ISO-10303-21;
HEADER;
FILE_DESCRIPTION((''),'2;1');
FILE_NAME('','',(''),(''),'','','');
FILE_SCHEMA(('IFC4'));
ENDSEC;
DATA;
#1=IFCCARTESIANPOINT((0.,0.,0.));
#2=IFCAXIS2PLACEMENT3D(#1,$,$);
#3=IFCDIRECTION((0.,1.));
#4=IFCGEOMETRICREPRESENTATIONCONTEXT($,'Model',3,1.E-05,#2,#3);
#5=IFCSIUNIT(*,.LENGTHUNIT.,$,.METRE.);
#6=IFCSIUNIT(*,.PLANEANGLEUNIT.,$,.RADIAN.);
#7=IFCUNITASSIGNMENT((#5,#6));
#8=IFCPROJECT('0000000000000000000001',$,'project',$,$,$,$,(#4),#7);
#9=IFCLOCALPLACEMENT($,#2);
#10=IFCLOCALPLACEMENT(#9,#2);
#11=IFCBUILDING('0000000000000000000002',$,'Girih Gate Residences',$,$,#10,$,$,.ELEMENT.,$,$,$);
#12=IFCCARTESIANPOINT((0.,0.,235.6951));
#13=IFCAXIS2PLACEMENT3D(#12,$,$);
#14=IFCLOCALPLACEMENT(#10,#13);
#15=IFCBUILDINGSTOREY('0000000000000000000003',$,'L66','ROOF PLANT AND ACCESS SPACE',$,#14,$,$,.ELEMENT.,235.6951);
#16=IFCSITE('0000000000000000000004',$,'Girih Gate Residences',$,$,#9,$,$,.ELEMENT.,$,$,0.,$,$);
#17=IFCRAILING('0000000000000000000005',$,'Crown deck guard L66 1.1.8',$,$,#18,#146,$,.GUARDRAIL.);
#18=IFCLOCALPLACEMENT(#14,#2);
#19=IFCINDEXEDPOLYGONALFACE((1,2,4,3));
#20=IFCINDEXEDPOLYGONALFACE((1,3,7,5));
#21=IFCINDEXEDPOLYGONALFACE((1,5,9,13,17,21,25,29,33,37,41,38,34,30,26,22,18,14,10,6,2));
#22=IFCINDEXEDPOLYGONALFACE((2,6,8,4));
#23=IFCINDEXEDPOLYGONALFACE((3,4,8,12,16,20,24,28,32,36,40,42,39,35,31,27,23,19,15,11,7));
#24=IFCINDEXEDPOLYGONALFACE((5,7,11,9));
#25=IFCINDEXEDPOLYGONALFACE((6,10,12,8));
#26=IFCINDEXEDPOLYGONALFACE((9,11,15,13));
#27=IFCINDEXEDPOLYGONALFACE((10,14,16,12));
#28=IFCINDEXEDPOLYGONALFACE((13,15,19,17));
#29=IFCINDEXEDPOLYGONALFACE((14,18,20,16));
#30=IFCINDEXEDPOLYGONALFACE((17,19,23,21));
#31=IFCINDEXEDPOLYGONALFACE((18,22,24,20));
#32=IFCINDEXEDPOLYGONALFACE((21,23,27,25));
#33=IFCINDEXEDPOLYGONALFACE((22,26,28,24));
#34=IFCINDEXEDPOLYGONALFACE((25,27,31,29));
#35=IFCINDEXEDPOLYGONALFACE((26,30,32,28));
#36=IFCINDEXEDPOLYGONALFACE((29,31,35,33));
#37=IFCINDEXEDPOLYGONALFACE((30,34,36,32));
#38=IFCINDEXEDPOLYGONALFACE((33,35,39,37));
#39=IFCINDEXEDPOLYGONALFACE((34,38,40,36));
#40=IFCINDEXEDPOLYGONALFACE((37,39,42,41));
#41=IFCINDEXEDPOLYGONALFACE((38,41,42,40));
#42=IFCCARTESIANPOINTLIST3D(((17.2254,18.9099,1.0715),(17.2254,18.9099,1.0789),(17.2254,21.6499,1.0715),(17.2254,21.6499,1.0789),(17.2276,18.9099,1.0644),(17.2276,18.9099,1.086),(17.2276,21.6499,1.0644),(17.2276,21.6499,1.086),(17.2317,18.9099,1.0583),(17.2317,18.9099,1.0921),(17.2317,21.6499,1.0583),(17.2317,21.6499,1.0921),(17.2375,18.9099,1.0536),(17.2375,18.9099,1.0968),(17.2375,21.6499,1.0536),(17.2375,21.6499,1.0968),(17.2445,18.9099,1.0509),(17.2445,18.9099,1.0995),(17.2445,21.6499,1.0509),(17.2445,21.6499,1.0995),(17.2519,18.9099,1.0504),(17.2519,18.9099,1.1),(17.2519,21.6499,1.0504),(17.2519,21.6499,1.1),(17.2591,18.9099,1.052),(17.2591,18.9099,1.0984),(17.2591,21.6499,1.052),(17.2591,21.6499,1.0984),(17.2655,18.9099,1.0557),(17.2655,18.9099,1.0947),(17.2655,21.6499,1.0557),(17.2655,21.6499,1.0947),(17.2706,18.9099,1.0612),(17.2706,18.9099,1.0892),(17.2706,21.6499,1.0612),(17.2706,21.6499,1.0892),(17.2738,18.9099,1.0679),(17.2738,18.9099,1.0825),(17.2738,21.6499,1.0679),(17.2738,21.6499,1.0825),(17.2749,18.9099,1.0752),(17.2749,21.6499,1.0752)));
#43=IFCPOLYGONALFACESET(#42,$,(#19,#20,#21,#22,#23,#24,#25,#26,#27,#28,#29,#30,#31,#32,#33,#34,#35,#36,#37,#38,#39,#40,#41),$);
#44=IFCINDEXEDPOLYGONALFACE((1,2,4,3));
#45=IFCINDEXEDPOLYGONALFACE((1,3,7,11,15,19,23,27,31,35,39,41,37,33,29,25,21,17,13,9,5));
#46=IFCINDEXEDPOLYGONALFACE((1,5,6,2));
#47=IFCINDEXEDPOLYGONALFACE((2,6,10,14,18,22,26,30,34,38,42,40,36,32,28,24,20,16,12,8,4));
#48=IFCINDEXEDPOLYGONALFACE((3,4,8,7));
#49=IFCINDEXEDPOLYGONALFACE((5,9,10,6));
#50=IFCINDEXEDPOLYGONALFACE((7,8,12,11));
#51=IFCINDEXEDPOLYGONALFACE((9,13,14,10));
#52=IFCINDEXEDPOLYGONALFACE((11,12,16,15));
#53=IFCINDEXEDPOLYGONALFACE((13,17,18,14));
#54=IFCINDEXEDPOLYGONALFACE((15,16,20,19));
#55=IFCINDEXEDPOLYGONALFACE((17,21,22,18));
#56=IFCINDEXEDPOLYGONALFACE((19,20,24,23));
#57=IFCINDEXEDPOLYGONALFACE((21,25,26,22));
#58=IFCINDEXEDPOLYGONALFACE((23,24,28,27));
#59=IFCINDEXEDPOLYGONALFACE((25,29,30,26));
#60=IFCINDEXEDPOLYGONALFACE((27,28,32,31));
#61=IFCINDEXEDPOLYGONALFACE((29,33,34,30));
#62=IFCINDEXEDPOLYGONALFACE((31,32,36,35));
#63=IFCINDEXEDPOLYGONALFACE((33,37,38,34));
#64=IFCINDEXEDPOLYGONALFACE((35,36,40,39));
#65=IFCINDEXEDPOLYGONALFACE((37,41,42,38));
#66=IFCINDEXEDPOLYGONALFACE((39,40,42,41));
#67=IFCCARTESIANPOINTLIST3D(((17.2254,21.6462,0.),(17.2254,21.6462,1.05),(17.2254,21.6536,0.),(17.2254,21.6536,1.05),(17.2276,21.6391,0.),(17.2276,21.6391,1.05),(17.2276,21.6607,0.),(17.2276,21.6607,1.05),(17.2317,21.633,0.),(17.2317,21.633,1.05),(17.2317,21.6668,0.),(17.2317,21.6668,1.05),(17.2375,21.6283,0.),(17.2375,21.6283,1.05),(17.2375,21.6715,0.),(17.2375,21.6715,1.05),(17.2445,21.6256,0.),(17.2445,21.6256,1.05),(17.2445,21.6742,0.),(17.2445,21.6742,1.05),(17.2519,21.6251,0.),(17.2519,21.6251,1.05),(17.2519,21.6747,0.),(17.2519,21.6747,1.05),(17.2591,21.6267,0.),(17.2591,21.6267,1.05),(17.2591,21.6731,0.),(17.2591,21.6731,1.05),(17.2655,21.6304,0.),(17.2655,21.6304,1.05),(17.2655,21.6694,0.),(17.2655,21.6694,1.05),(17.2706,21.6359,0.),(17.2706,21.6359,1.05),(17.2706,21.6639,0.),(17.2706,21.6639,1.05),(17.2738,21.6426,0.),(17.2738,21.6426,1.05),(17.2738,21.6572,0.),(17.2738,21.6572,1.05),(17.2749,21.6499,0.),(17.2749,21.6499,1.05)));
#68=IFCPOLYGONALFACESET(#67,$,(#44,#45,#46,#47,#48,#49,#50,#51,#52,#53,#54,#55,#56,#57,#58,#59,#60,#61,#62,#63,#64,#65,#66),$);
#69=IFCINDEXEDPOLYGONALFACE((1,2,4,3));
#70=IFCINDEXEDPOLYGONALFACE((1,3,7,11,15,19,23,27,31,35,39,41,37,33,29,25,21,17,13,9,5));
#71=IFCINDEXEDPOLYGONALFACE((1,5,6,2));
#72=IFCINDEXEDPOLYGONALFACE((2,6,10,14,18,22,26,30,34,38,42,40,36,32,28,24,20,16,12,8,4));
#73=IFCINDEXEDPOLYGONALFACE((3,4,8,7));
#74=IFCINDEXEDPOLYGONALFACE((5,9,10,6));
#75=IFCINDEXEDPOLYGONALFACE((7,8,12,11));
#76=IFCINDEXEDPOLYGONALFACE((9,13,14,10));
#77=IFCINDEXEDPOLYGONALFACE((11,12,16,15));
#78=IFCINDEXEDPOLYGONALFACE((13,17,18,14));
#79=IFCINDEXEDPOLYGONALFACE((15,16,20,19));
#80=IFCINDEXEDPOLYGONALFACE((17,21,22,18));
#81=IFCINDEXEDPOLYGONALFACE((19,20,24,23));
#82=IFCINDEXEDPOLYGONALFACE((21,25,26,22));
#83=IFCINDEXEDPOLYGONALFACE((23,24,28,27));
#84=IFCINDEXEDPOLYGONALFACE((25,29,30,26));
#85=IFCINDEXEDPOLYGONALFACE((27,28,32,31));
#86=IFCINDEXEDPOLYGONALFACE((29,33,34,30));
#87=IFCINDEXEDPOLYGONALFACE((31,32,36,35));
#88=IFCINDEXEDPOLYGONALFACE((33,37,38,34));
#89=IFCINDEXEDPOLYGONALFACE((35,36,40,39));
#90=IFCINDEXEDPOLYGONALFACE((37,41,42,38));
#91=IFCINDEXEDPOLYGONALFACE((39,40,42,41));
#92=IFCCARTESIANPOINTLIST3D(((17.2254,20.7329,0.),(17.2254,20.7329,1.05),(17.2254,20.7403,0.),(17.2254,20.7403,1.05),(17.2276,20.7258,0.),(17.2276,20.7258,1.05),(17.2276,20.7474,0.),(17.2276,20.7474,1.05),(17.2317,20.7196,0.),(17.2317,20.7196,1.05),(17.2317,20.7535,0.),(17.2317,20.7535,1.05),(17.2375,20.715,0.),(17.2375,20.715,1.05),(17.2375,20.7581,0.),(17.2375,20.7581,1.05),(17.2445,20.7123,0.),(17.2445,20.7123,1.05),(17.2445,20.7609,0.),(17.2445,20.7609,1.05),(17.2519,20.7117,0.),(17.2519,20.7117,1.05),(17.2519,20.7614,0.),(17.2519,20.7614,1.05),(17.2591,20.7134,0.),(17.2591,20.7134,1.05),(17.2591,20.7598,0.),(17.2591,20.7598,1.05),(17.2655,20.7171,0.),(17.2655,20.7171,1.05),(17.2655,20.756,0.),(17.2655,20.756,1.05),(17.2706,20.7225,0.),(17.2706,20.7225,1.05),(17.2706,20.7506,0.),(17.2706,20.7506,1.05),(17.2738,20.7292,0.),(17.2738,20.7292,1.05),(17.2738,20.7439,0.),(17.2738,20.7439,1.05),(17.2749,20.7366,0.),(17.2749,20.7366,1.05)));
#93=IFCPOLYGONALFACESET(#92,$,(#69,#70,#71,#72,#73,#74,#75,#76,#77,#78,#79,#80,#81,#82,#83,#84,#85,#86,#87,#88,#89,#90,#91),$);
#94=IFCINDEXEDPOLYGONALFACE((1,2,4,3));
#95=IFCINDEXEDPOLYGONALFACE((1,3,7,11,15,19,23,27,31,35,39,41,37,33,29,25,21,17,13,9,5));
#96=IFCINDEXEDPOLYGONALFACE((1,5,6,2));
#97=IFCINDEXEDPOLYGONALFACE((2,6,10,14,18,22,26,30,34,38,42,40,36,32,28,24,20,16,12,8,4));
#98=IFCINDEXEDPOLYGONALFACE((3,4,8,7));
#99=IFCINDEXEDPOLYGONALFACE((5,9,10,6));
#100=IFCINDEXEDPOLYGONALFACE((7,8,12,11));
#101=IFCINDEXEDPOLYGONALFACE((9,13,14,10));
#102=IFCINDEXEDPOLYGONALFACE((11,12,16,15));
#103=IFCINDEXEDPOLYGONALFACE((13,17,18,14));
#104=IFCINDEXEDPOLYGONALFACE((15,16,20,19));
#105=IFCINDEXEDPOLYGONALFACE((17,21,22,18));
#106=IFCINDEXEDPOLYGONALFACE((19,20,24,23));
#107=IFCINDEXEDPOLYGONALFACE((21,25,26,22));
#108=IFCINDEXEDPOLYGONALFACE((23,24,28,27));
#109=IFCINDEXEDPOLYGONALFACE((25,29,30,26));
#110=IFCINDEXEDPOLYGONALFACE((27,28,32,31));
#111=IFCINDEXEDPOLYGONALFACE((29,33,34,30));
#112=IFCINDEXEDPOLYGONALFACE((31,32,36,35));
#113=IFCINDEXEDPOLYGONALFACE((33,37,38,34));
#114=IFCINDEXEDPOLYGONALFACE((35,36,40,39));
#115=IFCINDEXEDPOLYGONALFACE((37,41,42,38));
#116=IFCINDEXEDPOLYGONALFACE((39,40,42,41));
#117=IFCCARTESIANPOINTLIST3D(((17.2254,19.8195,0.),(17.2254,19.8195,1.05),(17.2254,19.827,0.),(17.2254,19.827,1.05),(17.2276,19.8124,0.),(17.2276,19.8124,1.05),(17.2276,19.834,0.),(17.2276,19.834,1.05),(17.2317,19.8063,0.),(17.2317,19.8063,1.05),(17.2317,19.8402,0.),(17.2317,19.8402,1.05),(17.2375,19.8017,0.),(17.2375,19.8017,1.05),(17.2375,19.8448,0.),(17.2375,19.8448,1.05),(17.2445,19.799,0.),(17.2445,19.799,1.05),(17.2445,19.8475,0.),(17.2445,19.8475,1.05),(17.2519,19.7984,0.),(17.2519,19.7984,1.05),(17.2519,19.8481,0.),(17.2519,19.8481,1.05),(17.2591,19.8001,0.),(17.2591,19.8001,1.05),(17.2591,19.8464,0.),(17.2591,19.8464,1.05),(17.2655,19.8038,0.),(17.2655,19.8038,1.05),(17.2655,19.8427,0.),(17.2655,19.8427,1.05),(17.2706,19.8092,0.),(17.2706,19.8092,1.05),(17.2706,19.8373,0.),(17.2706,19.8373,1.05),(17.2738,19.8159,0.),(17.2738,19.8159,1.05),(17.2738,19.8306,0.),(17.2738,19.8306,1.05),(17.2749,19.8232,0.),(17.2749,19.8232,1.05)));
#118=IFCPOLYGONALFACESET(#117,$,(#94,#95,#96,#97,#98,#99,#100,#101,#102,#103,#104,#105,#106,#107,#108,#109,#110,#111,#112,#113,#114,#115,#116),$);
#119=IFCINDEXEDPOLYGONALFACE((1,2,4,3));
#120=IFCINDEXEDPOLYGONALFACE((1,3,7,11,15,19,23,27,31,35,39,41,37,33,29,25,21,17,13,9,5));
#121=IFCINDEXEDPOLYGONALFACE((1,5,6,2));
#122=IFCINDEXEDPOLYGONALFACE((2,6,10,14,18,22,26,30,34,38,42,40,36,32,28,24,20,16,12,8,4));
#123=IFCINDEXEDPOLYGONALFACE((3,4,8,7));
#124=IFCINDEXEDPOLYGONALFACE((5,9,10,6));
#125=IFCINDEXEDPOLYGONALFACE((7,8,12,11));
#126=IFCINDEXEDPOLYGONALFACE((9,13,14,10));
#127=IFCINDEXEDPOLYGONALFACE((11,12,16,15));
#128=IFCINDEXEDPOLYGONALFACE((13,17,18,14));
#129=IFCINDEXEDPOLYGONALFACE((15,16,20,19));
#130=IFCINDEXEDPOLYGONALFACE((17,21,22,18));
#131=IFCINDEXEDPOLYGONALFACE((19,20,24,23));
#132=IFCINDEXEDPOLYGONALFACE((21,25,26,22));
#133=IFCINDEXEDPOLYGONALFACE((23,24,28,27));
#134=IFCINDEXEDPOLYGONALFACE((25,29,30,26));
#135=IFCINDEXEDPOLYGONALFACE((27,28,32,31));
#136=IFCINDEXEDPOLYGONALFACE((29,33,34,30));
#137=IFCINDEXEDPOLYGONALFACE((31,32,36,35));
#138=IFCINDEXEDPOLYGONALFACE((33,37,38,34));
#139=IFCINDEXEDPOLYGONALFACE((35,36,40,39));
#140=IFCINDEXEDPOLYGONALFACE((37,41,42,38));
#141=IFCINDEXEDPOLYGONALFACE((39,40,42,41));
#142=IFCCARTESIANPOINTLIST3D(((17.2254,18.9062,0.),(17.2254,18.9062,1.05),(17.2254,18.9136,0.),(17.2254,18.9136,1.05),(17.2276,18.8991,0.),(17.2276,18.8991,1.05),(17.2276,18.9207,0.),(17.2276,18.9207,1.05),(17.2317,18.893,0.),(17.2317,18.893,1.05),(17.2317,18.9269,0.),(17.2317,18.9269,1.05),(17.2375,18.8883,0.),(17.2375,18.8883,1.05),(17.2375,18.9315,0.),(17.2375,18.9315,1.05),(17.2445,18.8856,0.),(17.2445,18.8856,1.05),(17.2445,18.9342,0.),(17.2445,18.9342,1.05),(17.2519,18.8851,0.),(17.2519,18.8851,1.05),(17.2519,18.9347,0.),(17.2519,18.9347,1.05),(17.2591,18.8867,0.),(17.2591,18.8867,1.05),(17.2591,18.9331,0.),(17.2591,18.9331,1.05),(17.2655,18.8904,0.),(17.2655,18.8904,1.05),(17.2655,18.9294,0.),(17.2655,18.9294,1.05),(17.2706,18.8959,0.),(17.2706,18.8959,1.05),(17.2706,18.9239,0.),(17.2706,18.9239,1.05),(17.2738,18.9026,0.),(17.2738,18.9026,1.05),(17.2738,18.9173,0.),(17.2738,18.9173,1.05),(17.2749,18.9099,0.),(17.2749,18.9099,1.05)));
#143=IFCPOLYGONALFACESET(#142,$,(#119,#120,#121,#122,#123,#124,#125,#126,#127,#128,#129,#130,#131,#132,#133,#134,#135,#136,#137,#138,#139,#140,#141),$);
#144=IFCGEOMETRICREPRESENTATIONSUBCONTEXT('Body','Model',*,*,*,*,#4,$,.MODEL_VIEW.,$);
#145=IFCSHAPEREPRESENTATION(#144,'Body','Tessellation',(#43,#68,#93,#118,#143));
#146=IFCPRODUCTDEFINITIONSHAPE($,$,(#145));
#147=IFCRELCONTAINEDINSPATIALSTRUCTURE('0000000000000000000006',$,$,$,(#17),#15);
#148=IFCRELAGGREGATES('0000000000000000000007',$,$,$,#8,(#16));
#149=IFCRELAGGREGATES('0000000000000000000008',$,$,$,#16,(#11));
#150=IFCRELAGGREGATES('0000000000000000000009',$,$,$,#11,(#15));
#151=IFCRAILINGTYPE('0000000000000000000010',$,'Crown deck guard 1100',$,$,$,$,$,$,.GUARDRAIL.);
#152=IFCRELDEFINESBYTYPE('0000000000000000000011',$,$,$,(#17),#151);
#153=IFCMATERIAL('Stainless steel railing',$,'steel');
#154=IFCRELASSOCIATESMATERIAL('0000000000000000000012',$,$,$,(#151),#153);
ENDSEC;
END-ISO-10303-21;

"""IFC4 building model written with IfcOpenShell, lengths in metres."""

from ifc_helpers import new_model, si_unit, direction, frame, origin, origin_2d, place, context, subcontext, project, spatial, circle, extrude, material, type_object, element, save


model = new_model("IFC4")

# Units and contexts
model_context = context("Model", 3, precision=1e-05, world=origin(), true_north=direction((0.0, 1.0)))
body_context = subcontext(model_context, "Body", "Model", "MODEL_VIEW")
ifc_project = project(units=[si_unit("LENGTHUNIT", "METRE"), si_unit("PLANEANGLEUNIT", "RADIAN")], contexts=[model_context])

# Site, building, storey
site_placement = place(None, origin())
site = spatial("IfcSite", under=ifc_project, at=site_placement, Name="Girih Gate Residences", CompositionType="ELEMENT", RefElevation=0.0)
building_placement = place(site_placement, origin())
building = spatial("IfcBuilding", under=site, at=building_placement, Name="Girih Gate Residences", CompositionType="ELEMENT")
storey_placement = place(building_placement, frame((0.0, 0.0, 235.6951)))
storey = spatial("IfcBuildingStorey", under=building, at=storey_placement, Name="L66", Description="ROOF PLANT AND ACCESS SPACE", CompositionType="ELEMENT", Elevation=235.6951)

# Railing
ifc_material_1 = material(Name="Stainless steel railing", Category="steel")
railing_type = type_object("IfcRailingType", Name="Crown deck guard 1100", PredefinedType="GUARDRAIL", material=ifc_material_1)
railing_1_placement = place(storey_placement, frame((17.25, 21.6499, 0.0)))
element("IfcRailing", 1, at=railing_1_placement, inside=storey, type_object=railing_type, Name="Crown deck guard L66 1.1.8", PredefinedType="GUARDRAIL", context=body_context, shape_type="SweptSolid", body=[
    extrude(circle(Radius=0.0249, at=origin_2d()), frame((0.0, 0.0, 1.0752), z_axis=(0.0, -1.0, 0.0), x_axis=(1.0, 0.0, 0.0)), (0.0, 0.0, 1.0), 2.74),
    extrude(circle(Radius=0.0249, at=origin_2d()), origin(), (0.0, 0.0, 1.0), 1.05),
    extrude(circle(Radius=0.0249, at=origin_2d()), frame((0.0, -0.9133, 0.0)), (0.0, 0.0, 1.0), 1.05),
    extrude(circle(Radius=0.0249, at=origin_2d()), frame((0.0, -1.8267, 0.0)), (0.0, 0.0, 1.0), 1.05),
    extrude(circle(Radius=0.0249, at=origin_2d()), frame((0.0, -2.74, 0.0)), (0.0, 0.0, 1.0), 1.05),
])

save(model, "model.ifc")
